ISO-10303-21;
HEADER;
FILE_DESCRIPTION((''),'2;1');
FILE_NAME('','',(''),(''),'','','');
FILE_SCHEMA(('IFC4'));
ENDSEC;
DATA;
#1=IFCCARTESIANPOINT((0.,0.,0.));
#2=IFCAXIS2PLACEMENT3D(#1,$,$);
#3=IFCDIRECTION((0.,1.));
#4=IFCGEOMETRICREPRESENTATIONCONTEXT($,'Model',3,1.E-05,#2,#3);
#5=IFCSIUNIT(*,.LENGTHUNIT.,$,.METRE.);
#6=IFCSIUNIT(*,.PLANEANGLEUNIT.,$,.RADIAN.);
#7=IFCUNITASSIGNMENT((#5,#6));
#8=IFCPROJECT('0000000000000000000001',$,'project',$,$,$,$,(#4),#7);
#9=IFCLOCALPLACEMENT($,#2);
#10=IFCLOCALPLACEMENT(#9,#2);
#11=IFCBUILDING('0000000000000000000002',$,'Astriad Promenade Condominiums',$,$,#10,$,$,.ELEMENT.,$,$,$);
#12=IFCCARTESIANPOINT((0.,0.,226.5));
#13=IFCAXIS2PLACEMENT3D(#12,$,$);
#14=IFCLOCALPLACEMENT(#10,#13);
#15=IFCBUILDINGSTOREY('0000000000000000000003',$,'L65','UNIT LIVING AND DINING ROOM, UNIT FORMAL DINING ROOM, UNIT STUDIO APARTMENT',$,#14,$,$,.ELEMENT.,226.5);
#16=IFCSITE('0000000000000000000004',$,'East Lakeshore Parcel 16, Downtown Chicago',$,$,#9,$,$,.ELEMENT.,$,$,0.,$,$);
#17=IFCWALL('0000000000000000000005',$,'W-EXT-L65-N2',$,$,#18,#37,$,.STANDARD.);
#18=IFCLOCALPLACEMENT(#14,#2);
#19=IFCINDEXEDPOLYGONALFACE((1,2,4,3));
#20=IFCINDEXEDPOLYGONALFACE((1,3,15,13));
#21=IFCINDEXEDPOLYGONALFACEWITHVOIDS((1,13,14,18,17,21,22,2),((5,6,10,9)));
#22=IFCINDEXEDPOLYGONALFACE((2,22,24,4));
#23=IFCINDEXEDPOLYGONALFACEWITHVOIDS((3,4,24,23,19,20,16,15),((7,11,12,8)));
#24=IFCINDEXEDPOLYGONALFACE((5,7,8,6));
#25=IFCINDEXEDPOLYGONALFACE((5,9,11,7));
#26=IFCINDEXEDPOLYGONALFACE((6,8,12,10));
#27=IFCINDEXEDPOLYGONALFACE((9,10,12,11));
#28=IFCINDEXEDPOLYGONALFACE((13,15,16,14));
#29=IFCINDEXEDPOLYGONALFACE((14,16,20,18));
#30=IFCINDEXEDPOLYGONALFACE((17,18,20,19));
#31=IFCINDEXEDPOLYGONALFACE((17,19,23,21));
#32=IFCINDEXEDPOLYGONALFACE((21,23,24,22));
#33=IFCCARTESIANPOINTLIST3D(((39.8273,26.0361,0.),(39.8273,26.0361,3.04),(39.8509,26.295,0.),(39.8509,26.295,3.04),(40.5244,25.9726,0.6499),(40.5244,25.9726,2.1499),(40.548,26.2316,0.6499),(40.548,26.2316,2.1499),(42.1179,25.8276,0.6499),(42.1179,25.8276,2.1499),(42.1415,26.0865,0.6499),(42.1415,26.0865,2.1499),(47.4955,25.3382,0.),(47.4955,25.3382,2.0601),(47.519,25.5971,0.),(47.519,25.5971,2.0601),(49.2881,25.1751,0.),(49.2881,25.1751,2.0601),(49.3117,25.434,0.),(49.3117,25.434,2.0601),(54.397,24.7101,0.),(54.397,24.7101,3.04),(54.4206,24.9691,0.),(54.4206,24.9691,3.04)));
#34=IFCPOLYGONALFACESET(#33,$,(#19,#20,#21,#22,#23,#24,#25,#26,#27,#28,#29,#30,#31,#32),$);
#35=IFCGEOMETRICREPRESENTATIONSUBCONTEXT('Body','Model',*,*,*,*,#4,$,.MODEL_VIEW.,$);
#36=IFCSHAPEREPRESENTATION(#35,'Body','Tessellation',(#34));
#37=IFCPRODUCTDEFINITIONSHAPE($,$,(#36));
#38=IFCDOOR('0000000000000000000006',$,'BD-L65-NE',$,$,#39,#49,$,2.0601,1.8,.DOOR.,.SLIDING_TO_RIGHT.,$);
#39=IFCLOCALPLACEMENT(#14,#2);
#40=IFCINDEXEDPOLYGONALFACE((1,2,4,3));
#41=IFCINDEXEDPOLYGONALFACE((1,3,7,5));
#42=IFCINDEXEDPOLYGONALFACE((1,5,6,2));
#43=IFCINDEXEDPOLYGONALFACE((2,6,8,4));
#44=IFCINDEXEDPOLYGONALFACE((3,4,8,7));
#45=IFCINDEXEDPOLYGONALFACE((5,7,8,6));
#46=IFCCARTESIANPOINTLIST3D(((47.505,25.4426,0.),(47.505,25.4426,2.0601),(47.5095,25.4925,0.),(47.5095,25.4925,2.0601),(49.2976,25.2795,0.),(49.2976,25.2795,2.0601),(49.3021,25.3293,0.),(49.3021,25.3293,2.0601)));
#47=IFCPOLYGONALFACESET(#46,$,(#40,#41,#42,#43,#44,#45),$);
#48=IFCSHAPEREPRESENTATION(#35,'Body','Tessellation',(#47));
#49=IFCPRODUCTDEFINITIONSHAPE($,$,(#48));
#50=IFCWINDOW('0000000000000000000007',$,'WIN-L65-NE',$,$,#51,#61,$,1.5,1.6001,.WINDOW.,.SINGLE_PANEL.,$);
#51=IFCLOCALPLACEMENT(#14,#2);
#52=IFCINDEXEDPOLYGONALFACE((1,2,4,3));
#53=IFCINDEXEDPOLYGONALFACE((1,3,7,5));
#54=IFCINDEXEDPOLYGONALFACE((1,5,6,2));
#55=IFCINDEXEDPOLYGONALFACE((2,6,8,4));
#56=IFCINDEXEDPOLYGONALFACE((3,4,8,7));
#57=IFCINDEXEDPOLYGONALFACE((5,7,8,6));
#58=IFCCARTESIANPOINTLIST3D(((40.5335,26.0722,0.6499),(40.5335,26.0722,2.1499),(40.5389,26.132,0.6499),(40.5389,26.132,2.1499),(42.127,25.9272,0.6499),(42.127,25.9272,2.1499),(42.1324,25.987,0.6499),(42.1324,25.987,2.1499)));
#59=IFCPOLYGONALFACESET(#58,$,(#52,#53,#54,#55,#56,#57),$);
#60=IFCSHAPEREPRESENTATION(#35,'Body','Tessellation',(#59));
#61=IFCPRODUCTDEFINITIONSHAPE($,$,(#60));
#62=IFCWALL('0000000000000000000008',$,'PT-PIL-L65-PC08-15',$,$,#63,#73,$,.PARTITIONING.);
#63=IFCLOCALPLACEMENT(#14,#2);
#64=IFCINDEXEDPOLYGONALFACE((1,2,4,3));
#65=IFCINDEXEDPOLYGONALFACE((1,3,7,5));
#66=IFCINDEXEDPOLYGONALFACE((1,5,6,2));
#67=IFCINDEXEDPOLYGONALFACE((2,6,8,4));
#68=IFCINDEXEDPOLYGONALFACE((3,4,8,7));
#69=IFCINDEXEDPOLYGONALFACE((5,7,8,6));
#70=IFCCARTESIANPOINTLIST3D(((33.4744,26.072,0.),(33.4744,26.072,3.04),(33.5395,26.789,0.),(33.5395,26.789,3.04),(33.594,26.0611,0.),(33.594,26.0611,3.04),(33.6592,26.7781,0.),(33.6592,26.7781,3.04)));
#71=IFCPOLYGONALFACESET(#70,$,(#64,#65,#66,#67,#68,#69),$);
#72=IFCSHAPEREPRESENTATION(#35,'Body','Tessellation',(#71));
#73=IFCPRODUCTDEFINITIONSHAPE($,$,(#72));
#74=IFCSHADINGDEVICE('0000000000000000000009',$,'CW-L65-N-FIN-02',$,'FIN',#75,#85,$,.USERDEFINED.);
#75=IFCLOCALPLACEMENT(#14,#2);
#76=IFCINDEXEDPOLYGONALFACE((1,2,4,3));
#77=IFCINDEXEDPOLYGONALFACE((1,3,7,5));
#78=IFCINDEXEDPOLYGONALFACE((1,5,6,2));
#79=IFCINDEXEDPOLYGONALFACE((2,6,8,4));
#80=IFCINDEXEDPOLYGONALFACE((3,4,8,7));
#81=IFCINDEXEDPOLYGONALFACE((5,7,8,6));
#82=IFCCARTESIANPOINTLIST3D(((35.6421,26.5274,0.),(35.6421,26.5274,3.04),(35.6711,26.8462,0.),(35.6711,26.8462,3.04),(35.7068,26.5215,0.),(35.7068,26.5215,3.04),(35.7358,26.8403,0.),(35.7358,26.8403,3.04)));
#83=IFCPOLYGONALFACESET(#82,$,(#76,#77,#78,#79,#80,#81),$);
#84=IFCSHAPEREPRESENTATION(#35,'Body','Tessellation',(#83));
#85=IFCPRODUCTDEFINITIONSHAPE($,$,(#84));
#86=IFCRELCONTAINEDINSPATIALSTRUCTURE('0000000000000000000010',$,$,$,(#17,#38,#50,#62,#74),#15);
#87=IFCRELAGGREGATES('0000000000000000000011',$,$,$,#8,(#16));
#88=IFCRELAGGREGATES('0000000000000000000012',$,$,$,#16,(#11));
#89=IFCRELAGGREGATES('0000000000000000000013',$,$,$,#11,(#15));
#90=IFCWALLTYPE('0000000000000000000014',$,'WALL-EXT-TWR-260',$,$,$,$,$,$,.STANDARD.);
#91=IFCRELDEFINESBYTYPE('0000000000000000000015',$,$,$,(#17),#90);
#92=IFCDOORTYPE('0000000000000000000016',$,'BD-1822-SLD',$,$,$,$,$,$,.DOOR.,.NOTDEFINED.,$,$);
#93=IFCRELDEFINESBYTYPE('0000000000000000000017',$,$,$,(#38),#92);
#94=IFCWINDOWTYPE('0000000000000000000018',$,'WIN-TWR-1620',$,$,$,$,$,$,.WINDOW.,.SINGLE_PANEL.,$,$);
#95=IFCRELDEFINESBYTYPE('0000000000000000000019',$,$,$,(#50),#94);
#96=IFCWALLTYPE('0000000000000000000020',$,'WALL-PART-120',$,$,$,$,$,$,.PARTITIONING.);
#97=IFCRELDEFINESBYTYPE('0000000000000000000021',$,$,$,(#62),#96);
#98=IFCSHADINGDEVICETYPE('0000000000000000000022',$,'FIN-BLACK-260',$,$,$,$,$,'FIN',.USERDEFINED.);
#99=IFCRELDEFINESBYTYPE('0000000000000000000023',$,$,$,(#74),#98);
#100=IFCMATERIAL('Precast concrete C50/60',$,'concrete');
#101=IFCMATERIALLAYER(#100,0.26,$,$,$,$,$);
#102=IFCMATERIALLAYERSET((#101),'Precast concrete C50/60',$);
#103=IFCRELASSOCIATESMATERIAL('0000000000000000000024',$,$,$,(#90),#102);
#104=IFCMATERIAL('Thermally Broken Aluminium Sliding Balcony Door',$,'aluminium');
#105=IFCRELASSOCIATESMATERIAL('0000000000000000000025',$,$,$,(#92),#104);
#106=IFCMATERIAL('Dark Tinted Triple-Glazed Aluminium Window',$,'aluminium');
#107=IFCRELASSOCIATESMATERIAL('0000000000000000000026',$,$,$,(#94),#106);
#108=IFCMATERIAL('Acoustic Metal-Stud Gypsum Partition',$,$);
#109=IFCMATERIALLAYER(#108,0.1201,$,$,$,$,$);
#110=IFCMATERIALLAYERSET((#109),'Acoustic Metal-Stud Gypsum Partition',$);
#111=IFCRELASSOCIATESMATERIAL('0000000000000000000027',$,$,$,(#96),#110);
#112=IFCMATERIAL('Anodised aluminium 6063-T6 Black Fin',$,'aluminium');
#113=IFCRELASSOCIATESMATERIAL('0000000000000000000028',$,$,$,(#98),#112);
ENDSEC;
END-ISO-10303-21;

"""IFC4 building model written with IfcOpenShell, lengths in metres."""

from ifc_helpers import new_model, si_unit, direction, frame, frame_2d, origin, origin_2d, place, context, subcontext, project, spatial, rectangle, extrude, source, transform, mapped, material, layer, layer_set, type_object, type_shapes, element, fill, save


model = new_model("IFC4")

# Units and contexts
model_context = context("Model", 3, precision=1e-05, world=origin(), true_north=direction((0.0, 1.0)))
body_context = subcontext(model_context, "Body", "Model", "MODEL_VIEW")
ifc_project = project(units=[si_unit("LENGTHUNIT", "METRE"), si_unit("PLANEANGLEUNIT", "RADIAN")], contexts=[model_context])

# Site, building, storey
site_placement = place(None, origin())
site = spatial("IfcSite", under=ifc_project, at=site_placement, Name="East Lakeshore Parcel 16, Downtown Chicago", CompositionType="ELEMENT", RefElevation=0.0)
building_placement = place(site_placement, origin())
building = spatial("IfcBuilding", under=site, at=building_placement, Name="Astriad Promenade Condominiums", CompositionType="ELEMENT")
storey_placement = place(building_placement, frame((0.0, 0.0, 226.5)))
storey = spatial("IfcBuildingStorey", under=building, at=storey_placement, Name="L65", Description="UNIT LIVING AND DINING ROOM, UNIT FORMAL DINING ROOM, UNIT STUDIO APARTMENT", CompositionType="ELEMENT", Elevation=226.5)

# Wall, openings, door, window
ifc_material_1 = material(Name="Precast concrete C50/60", Category="concrete")
ifc_layer_1 = layer(ifc_material_1, 0.26)
ifc_layer_set_1 = layer_set([ifc_layer_1], Name="Precast concrete C50/60")
wall_type_1 = type_object("IfcWallType", Name="WALL-EXT-TWR-260", PredefinedType="STANDARD", material=ifc_layer_set_1)
wall_1_placement = place(storey_placement, frame((39.8391, 26.1655, 0.0), z_axis=(0.0, 0.0, 1.0), x_axis=(0.995884, -0.090632, 0.0)))
wall_1 = element("IfcWall", 1, at=wall_1_placement, inside=storey, type_object=wall_type_1, Name="W-EXT-L65-N2", PredefinedType="STANDARD", context=body_context, shape_type="SweptSolid", body=[
    extrude(rectangle(XDim=14.6299, YDim=0.26, at=frame_2d((7.3149, 0.0))), origin(), (0.0, 0.0, 1.0), 3.04),
])
opening_1_placement = place(wall_1_placement, frame((7.7, 0.0, 0.0)))
opening_1 = element("IfcOpeningElement", 2, at=opening_1_placement, cuts=wall_1, PredefinedType="OPENING", context=body_context, shape_type="SweptSolid", body=[
    extrude(rectangle(XDim=1.8, YDim=2.0601, at=frame_2d((0.8999, 1.03))), frame((0.0, 0.1399, 0.0), z_axis=(0.0, -1.0, 0.0), x_axis=(1.0, 0.0, 0.0)), (0.0, 0.0, 1.0), 0.28),
])
opening_2_placement = place(wall_1_placement, frame((0.7, 0.0, 0.6499)))
opening_2 = element("IfcOpeningElement", 3, at=opening_2_placement, cuts=wall_1, PredefinedType="OPENING", context=body_context, shape_type="SweptSolid", body=[
    extrude(rectangle(XDim=1.6001, YDim=1.5, at=frame_2d((0.8, 0.75))), frame((0.0, 0.1399, 0.0), z_axis=(0.0, -1.0, 0.0), x_axis=(1.0, 0.0, 0.0)), (0.0, 0.0, 1.0), 0.28),
])
ifc_material_2 = material(Name="Thermally Broken Aluminium Sliding Balcony Door", Category="aluminium")
door_type = type_object("IfcDoorType", Name="BD-1822-SLD", OperationType="NOTDEFINED", PredefinedType="DOOR", material=ifc_material_2)
shared_shape_1 = source(origin(), body_context, "Body", "SweptSolid", [
    extrude(rectangle(XDim=1.8, YDim=2.0601, at=frame_2d((0.8999, 1.03))), frame((0.0, 0.0249, 0.0), z_axis=(0.0, -1.0, 0.0), x_axis=(1.0, 0.0, 0.0)), (0.0, 0.0, 1.0), 0.05),
])
type_shapes(door_type, [shared_shape_1])
door_placement = place(opening_1_placement, origin())
door = element("IfcDoor", 4, at=door_placement, inside=storey, type_object=door_type, Name="BD-L65-NE", OperationType="SLIDING_TO_RIGHT", OverallHeight=2.0601, OverallWidth=1.8, PredefinedType="DOOR", context=body_context, shape_type="MappedRepresentation", body=[
    mapped(shared_shape_1, transform((0.0, 0.0, 0.0), scale=1.0)),
])
fill(opening_1, door)
ifc_material_3 = material(Name="Dark Tinted Triple-Glazed Aluminium Window", Category="aluminium")
window_type = type_object("IfcWindowType", Name="WIN-TWR-1620", PartitioningType="SINGLE_PANEL", PredefinedType="WINDOW", material=ifc_material_3)
shared_shape_2 = source(origin(), body_context, "Body", "SweptSolid", [
    extrude(rectangle(XDim=1.6001, YDim=1.5, at=frame_2d((0.8, 0.75))), frame((0.0, 0.03, 0.0), z_axis=(0.0, -1.0, 0.0), x_axis=(1.0, 0.0, 0.0)), (0.0, 0.0, 1.0), 0.0601),
])
type_shapes(window_type, [shared_shape_2])
window_placement = place(opening_2_placement, origin())
window = element("IfcWindow", 5, at=window_placement, inside=storey, type_object=window_type, Name="WIN-L65-NE", OverallHeight=1.5, OverallWidth=1.6001, PartitioningType="SINGLE_PANEL", PredefinedType="WINDOW", context=body_context, shape_type="MappedRepresentation", body=[
    mapped(shared_shape_2, transform((0.0, 0.0, 0.0), scale=1.0)),
])
fill(opening_2, window)

# Wall
ifc_material_4 = material(Name="Acoustic Metal-Stud Gypsum Partition")
ifc_layer_2 = layer(ifc_material_4, 0.1201)
ifc_layer_set_2 = layer_set([ifc_layer_2], Name="Acoustic Metal-Stud Gypsum Partition")
wall_type_2 = type_object("IfcWallType", Name="WALL-PART-120", PredefinedType="PARTITIONING", material=ifc_layer_set_2)
wall_2_placement = place(storey_placement, frame((33.5342, 26.0667, 0.0), z_axis=(0.0, 0.0, 1.0), x_axis=(0.090536, 0.995893, 0.0)))
element("IfcWall", 6, at=wall_2_placement, inside=storey, type_object=wall_type_2, Name="PT-PIL-L65-PC08-15", PredefinedType="PARTITIONING", context=body_context, shape_type="SweptSolid", body=[
    extrude(rectangle(XDim=0.72, YDim=0.1201, at=frame_2d((0.3599, 0.0))), origin(), (0.0, 0.0, 1.0), 3.04),
])

# Shading device
ifc_material_5 = material(Name="Anodised aluminium 6063-T6 Black Fin", Category="aluminium")
shading_device_type = type_object("IfcShadingDeviceType", Name="FIN-BLACK-260", ElementType="FIN", PredefinedType="USERDEFINED", material=ifc_material_5)
shared_shape_3 = source(origin(), body_context, "Body", "SweptSolid", [
    extrude(rectangle(XDim=0.0649, YDim=0.3201, at=origin_2d()), origin(), (0.0, 0.0, 1.0), 3.04),
])
type_shapes(shading_device_type, [shared_shape_3])
shading_device_placement = place(storey_placement, frame((35.689, 26.6838, 0.0), z_axis=(0.0, 0.0, 1.0), x_axis=(0.995884, -0.090633, 0.0)))
element("IfcShadingDevice", 7, at=shading_device_placement, inside=storey, type_object=shading_device_type, Name="CW-L65-N-FIN-02", ObjectType="FIN", PredefinedType="USERDEFINED", context=body_context, shape_type="MappedRepresentation", body=[
    mapped(shared_shape_3, transform((0.0, 0.0, 0.0), scale=1.0)),
])

save(model, "model.ifc")
